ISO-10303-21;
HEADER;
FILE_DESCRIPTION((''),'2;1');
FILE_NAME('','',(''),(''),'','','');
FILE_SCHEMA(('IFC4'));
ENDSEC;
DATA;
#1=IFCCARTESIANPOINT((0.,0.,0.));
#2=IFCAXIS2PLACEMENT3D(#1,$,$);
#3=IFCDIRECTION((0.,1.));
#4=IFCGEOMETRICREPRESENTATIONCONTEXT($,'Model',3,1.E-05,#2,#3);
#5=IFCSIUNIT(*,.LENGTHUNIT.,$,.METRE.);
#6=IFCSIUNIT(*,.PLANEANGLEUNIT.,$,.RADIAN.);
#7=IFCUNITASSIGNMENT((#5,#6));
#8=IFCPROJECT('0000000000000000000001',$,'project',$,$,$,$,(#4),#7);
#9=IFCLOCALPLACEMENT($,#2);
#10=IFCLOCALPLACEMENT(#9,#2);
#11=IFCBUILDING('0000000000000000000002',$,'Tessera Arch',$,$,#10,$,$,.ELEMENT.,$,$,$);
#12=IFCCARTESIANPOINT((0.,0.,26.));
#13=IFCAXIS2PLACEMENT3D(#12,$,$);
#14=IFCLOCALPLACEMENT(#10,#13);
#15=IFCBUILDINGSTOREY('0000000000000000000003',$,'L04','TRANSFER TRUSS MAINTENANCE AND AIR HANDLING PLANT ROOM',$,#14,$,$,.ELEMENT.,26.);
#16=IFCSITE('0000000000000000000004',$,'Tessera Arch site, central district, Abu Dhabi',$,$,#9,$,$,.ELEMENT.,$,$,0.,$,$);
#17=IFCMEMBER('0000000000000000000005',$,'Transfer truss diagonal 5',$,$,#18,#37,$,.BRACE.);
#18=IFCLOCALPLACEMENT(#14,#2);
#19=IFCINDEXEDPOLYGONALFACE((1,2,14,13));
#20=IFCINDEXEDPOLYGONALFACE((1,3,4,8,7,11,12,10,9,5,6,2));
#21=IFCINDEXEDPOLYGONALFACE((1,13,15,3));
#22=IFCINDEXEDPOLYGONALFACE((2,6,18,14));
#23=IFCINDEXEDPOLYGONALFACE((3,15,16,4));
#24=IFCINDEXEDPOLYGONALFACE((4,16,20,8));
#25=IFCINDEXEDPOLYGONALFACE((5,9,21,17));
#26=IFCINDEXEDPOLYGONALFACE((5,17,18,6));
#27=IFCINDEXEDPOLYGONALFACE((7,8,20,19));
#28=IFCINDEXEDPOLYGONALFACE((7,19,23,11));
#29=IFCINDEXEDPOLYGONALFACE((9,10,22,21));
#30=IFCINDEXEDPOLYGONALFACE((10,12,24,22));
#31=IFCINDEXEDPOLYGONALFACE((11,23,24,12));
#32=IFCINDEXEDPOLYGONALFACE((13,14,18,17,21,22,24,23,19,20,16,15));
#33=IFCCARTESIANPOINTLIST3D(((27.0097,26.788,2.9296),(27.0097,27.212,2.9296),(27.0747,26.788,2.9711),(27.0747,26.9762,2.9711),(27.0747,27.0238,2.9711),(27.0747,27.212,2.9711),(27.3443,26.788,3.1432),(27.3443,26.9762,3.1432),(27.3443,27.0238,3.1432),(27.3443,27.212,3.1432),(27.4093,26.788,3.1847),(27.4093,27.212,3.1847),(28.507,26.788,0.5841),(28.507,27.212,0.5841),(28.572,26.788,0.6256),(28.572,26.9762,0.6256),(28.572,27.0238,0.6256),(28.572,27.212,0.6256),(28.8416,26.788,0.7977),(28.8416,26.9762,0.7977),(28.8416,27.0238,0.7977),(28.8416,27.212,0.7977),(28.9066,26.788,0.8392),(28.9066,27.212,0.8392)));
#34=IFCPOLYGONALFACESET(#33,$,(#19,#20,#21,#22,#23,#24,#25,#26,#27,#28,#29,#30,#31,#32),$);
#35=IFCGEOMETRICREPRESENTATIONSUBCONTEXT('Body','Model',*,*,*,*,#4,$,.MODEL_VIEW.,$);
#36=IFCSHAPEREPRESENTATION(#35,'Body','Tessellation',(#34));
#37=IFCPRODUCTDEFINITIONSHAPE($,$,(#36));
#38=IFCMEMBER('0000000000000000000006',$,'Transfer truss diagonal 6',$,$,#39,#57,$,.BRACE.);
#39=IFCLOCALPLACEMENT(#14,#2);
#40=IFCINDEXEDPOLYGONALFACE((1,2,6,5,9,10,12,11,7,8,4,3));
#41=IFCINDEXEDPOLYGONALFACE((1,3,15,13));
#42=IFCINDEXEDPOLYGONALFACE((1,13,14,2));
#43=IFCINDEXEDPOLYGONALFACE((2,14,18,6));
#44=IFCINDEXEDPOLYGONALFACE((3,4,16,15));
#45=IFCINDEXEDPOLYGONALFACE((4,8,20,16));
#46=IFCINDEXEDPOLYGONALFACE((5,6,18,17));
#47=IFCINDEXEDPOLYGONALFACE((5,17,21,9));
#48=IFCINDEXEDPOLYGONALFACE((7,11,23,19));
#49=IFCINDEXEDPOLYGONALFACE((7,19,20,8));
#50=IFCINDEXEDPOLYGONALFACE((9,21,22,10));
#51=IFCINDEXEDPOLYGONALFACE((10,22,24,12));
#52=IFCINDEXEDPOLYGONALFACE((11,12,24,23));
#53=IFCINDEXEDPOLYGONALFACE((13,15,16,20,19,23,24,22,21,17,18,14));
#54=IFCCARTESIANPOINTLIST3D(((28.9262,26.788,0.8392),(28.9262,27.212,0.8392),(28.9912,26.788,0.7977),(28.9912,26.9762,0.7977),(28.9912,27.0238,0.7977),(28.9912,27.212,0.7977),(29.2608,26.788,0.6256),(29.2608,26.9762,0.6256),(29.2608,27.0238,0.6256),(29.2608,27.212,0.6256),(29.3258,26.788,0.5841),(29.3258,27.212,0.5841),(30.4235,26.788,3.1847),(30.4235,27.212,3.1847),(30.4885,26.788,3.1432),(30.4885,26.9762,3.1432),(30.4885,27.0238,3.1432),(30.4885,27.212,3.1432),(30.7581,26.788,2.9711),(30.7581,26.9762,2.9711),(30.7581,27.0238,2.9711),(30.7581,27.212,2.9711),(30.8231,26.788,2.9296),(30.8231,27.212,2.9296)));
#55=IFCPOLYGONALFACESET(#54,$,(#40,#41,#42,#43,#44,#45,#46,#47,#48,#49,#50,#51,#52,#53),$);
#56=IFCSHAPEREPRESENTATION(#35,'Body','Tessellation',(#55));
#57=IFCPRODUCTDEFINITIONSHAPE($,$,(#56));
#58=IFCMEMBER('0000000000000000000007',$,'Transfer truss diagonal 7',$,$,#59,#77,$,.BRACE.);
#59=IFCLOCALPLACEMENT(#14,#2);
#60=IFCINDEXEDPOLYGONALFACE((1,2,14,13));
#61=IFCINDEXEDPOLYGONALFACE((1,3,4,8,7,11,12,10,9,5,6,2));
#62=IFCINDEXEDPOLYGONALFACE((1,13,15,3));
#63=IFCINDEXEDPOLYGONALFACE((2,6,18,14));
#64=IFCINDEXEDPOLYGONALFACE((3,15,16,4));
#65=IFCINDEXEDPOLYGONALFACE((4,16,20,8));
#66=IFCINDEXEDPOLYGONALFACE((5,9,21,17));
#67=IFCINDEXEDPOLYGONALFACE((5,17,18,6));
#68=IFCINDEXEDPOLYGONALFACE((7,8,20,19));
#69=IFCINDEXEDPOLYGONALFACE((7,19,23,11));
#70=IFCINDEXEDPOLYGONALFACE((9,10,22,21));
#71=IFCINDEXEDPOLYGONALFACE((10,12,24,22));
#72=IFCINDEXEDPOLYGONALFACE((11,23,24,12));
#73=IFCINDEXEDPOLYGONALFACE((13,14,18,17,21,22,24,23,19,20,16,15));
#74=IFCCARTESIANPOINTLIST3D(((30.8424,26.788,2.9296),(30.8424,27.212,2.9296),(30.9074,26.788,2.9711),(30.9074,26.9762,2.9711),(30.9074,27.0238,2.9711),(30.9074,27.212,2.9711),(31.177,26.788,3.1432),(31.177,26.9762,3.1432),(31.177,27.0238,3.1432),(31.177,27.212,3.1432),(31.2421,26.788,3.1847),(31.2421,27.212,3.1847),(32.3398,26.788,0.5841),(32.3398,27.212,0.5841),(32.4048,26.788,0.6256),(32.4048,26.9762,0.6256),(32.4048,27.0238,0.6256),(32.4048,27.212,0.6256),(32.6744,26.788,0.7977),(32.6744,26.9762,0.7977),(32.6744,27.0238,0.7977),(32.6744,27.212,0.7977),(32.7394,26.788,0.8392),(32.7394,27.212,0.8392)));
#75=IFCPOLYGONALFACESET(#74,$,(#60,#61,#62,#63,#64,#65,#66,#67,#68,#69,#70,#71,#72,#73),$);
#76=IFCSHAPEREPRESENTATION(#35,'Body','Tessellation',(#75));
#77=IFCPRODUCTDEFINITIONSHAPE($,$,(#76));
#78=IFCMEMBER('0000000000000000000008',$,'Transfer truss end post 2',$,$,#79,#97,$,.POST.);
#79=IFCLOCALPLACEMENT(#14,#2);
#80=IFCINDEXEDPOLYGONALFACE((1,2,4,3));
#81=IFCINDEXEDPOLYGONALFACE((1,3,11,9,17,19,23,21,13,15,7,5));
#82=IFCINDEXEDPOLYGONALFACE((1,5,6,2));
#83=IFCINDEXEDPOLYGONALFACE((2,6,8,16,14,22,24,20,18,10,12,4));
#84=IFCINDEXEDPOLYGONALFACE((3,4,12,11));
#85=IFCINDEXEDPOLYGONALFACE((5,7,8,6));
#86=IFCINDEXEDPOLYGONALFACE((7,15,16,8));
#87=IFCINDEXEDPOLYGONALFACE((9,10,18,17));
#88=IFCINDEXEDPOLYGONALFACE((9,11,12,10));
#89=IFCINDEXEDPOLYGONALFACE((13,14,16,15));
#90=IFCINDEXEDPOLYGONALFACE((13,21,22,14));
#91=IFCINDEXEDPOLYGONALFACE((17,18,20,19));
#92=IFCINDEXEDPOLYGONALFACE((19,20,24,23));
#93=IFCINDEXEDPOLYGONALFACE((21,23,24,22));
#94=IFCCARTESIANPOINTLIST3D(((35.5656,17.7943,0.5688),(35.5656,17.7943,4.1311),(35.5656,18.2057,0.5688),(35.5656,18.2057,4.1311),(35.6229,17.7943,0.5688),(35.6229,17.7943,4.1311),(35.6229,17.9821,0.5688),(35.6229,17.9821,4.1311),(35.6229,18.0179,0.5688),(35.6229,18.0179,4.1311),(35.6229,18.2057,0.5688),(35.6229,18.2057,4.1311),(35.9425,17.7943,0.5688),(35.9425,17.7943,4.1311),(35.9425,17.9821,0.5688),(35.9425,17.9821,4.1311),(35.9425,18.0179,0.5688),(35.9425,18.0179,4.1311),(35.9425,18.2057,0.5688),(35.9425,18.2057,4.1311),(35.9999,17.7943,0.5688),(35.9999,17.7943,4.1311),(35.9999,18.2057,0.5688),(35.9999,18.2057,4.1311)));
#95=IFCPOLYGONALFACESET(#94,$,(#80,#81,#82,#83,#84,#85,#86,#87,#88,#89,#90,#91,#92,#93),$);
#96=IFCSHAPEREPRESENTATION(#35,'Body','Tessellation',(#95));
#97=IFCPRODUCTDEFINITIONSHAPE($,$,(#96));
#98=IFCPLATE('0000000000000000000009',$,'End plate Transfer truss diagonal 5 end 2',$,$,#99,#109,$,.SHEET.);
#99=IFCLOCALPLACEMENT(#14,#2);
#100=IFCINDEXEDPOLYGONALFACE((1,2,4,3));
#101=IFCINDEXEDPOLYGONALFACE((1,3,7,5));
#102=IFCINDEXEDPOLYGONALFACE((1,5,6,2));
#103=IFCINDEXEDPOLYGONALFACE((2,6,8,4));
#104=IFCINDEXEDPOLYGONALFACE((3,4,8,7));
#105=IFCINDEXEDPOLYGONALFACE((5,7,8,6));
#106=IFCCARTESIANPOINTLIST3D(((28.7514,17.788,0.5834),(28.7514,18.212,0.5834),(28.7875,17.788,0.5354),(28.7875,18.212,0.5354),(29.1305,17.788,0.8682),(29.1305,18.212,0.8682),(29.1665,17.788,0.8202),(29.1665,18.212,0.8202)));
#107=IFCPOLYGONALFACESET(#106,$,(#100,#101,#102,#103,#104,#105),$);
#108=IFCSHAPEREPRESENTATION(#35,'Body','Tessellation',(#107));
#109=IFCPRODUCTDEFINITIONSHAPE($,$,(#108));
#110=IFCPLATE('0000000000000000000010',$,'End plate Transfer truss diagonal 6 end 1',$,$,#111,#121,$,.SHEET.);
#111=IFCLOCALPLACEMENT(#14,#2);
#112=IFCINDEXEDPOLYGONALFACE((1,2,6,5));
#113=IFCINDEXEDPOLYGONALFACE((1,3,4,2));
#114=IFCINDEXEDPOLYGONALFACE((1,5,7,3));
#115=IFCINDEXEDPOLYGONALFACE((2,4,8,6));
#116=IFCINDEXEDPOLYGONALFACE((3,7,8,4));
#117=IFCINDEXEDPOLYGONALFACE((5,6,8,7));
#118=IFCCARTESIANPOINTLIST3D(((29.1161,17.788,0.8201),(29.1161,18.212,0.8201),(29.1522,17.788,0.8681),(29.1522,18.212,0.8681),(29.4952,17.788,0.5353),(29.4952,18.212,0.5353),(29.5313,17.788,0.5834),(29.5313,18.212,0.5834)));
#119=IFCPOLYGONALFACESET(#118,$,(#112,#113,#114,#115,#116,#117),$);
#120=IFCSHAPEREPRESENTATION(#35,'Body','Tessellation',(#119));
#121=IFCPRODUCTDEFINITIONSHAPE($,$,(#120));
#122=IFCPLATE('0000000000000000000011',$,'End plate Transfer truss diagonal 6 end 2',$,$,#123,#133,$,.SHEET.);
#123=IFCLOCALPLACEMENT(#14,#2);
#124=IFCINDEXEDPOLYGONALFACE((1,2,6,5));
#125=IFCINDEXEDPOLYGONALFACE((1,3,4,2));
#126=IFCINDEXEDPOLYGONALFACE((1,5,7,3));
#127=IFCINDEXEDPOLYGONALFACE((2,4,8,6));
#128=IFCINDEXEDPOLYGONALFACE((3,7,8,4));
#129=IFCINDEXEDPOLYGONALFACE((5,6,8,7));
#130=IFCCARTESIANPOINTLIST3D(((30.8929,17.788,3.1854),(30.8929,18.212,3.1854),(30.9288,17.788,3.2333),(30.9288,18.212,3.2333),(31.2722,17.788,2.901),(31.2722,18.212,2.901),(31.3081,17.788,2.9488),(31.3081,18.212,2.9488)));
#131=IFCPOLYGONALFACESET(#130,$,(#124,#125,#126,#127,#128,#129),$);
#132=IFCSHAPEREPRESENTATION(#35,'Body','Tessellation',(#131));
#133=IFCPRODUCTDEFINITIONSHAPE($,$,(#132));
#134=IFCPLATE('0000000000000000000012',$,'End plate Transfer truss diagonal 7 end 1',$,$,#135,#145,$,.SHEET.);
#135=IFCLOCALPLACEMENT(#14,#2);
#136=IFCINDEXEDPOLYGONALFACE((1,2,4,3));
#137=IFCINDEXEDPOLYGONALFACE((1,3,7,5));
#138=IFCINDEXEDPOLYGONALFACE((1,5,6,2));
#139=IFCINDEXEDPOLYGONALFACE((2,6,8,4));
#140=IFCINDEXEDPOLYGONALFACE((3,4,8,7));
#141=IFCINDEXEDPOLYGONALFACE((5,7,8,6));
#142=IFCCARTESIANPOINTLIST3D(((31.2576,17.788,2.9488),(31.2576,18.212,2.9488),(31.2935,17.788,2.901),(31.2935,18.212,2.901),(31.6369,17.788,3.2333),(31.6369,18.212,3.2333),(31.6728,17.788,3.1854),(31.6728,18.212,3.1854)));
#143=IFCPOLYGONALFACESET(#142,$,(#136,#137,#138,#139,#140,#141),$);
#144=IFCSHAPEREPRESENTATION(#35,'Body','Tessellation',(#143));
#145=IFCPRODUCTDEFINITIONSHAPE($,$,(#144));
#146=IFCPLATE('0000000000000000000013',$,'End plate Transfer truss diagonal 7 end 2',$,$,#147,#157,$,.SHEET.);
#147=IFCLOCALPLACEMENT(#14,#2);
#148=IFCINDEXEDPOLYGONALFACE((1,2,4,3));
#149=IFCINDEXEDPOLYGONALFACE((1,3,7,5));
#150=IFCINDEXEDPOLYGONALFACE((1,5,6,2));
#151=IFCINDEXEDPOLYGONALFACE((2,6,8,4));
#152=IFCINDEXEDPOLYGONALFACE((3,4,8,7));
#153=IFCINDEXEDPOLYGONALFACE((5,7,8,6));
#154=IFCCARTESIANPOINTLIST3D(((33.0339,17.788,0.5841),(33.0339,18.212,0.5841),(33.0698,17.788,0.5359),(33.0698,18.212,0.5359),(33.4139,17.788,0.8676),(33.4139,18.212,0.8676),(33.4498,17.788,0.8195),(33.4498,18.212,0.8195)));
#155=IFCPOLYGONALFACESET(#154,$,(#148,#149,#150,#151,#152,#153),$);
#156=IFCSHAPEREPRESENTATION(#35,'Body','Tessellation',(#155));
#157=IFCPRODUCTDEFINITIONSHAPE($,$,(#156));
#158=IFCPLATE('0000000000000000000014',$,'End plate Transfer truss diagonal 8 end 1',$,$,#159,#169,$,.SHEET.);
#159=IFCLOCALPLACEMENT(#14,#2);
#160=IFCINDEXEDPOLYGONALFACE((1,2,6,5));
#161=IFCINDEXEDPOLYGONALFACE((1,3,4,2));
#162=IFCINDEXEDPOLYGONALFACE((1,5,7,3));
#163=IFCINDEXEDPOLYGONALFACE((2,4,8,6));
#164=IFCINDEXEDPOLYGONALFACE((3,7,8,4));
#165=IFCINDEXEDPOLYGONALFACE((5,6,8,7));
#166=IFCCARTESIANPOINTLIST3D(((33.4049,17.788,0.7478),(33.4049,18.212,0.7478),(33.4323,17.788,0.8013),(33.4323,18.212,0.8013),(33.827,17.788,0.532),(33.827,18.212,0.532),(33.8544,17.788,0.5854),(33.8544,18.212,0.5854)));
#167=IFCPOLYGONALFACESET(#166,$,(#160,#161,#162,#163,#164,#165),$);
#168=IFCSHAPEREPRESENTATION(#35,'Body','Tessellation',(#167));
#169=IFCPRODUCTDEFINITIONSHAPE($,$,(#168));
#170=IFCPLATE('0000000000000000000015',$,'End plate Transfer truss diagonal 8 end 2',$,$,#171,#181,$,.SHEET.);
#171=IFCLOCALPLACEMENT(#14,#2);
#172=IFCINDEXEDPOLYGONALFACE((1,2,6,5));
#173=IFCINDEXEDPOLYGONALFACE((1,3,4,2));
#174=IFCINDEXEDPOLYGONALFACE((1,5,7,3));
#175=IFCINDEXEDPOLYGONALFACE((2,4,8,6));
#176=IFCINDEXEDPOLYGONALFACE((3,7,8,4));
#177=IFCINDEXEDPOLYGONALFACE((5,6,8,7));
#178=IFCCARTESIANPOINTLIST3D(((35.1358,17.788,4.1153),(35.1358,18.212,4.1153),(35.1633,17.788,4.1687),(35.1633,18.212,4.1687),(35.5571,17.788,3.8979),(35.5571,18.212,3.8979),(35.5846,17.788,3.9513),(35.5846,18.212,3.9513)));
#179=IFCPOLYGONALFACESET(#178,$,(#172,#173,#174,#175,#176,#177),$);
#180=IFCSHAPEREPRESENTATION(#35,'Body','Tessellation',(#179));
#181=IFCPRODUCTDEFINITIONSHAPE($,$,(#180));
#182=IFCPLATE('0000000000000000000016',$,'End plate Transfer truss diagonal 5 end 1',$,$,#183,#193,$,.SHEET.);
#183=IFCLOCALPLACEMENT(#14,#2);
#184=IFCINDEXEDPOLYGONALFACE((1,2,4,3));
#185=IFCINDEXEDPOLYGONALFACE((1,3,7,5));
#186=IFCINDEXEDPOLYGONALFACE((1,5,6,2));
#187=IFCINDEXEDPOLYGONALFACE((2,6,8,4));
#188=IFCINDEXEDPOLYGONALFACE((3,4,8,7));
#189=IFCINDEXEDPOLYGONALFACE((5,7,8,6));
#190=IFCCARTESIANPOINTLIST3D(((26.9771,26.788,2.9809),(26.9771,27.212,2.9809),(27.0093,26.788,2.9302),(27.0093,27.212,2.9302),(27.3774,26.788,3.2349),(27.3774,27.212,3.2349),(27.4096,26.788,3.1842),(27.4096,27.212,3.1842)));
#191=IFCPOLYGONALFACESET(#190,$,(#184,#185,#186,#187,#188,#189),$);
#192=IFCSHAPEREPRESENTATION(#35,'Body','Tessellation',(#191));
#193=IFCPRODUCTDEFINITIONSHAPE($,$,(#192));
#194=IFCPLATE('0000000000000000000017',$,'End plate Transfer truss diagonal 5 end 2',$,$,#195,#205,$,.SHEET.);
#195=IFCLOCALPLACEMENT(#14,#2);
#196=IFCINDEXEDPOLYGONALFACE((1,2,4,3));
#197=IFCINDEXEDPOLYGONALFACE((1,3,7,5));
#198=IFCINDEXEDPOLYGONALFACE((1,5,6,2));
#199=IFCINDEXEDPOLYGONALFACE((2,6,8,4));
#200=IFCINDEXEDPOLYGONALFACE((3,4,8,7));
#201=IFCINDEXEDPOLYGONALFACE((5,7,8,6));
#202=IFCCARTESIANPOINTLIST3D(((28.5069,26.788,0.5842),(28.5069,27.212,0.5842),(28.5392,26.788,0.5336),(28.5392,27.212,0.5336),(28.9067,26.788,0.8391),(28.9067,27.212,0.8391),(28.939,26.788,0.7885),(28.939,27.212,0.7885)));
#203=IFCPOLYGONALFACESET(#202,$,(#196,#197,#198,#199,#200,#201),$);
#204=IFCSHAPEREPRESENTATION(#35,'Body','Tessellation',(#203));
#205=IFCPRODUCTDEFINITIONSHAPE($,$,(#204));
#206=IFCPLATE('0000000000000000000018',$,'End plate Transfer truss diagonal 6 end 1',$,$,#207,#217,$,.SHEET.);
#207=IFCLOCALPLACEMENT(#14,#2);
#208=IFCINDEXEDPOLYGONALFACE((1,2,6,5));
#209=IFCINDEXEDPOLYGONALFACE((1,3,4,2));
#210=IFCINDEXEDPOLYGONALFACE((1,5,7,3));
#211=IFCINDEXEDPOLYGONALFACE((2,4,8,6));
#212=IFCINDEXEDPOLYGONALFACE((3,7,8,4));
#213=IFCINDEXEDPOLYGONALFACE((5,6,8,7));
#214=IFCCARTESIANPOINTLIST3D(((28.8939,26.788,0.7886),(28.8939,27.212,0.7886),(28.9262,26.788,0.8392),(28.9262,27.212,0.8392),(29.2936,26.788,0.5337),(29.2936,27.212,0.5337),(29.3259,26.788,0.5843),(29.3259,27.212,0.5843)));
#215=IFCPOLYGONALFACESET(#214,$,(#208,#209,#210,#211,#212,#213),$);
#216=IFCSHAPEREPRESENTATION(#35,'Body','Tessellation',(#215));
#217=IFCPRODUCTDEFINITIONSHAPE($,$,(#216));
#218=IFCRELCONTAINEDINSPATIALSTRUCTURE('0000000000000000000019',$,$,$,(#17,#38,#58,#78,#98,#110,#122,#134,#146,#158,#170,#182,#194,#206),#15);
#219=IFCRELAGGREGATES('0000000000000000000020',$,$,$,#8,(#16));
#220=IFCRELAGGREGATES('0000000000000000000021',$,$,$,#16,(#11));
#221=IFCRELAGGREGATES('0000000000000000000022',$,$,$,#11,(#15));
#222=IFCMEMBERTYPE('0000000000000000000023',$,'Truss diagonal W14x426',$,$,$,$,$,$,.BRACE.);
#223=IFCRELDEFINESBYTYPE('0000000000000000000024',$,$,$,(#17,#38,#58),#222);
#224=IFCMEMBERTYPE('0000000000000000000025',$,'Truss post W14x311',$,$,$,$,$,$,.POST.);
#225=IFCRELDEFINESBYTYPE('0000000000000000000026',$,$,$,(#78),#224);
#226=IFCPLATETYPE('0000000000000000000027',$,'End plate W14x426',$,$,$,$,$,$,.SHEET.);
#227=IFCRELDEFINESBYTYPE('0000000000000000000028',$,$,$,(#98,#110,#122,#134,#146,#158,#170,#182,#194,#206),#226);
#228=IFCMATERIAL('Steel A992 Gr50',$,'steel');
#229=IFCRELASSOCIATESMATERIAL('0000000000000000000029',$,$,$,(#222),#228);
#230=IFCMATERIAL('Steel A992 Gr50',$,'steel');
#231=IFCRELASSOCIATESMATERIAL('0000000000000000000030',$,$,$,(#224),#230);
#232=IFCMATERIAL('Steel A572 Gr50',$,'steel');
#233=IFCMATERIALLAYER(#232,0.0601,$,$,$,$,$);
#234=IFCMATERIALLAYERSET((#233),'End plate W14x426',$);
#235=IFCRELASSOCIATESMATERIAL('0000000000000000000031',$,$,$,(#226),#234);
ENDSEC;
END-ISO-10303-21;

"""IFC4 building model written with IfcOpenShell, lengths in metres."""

from ifc_helpers import new_model, si_unit, direction, frame, origin, origin_2d, place, context, subcontext, project, spatial, rectangle, i_section, extrude, material, layer, layer_set, material_profile, profile_set, type_object, element, save


model = new_model("IFC4")

# Units and contexts
model_context = context("Model", 3, precision=1e-05, world=origin(), true_north=direction((0.0, 1.0)))
body_context = subcontext(model_context, "Body", "Model", "MODEL_VIEW")
ifc_project = project(units=[si_unit("LENGTHUNIT", "METRE"), si_unit("PLANEANGLEUNIT", "RADIAN")], contexts=[model_context])

# Site, building, storey
site_placement = place(None, origin())
site = spatial("IfcSite", under=ifc_project, at=site_placement, Name="Tessera Arch site, central district, Abu Dhabi", CompositionType="ELEMENT", RefElevation=0.0)
building_placement = place(site_placement, origin())
building = spatial("IfcBuilding", under=site, at=building_placement, Name="Tessera Arch", CompositionType="ELEMENT")
storey_placement = place(building_placement, frame((0.0, 0.0, 26.0)))
storey = spatial("IfcBuildingStorey", under=building, at=storey_placement, Name="L04", Description="TRANSFER TRUSS MAINTENANCE AND AIR HANDLING PLANT ROOM", CompositionType="ELEMENT", Elevation=26.0)

# Members
ifc_material_1 = material(Name="Steel A992 Gr50", Category="steel")
ifc_material_profile_1 = material_profile(ifc_material_1, i_section(OverallWidth=0.4241, OverallDepth=0.4741, WebThickness=0.0476, FlangeThickness=0.0771, at=origin_2d()), Name="W14x426")
ifc_profile_set_1 = profile_set([ifc_material_profile_1], Name="Steel A992 Gr50")
member_type_1 = type_object("IfcMemberType", Name="Truss diagonal W14x426", PredefinedType="BRACE", material=ifc_profile_set_1)
for number, where, z_axis, x_axis, name in (
    (1, (27.2095, 27.0, 3.0571), (0.53809, 0.0, -0.842887), (0.0, 1.0, 0.0), "Transfer truss diagonal 5"),
    (2, (29.126, 27.0, 0.7117), (0.53809, 0.0, 0.842887), (0.0, 1.0, 0.0), "Transfer truss diagonal 6"),
    (3, (31.0422, 27.0, 3.0571), (0.53809, 0.0, -0.842887), (0.0, 1.0, 0.0), "Transfer truss diagonal 7"),
):
    element("IfcMember", number, at=place(storey_placement, frame(where, z_axis=z_axis, x_axis=x_axis)), inside=storey, type_object=member_type_1, Name=name, PredefinedType="BRACE", context=body_context, shape_type="SweptSolid", body=[
        extrude(i_section(OverallWidth=0.4241, OverallDepth=0.4741, WebThickness=0.0476, FlangeThickness=0.0771, at=origin_2d()), origin(), (0.0, 0.0, 1.0), 2.7827),
    ])
ifc_material_2 = material(Name="Steel A992 Gr50", Category="steel")
ifc_material_profile_2 = material_profile(ifc_material_2, i_section(OverallWidth=0.4114, OverallDepth=0.4343, WebThickness=0.0359, FlangeThickness=0.0574, at=origin_2d()), Name="W14x311")
ifc_profile_set_2 = profile_set([ifc_material_profile_2], Name="Steel A992 Gr50")
member_type_2 = type_object("IfcMemberType", Name="Truss post W14x311", PredefinedType="POST", material=ifc_profile_set_2)
member_1_placement = place(storey_placement, frame((35.7827, 18.0, 0.5688), z_axis=(0.0, 0.0, 1.0), x_axis=(0.0, 1.0, 0.0)))
element("IfcMember", 4, at=member_1_placement, inside=storey, type_object=member_type_2, Name="Transfer truss end post 2", PredefinedType="POST", context=body_context, shape_type="SweptSolid", body=[
    extrude(i_section(OverallWidth=0.4114, OverallDepth=0.4343, WebThickness=0.0359, FlangeThickness=0.0574, at=origin_2d()), origin(), (0.0, 0.0, 1.0), 3.5623),
])

# Plates
ifc_material_3 = material(Name="Steel A572 Gr50", Category="steel")
ifc_layer_1 = layer(ifc_material_3, 0.0601)
ifc_layer_set_1 = layer_set([ifc_layer_1], Name="End plate W14x426")
plate_type = type_object("IfcPlateType", Name="End plate W14x426", PredefinedType="SHEET", material=ifc_layer_set_1)
for number, where, z_axis, x_axis, name in (
    (5, (28.9409, 18.0, 0.7258), (0.600649, 0.0, -0.799513), (0.0, 1.0, 0.0), "End plate Transfer truss diagonal 5 end 2"),
    (6, (29.3057, 18.0, 0.6777), (0.600649, 0.0, 0.799513), (0.0, 1.0, 0.0), "End plate Transfer truss diagonal 6 end 1"),
):
    element("IfcPlate", number, at=place(storey_placement, frame(where, z_axis=z_axis, x_axis=x_axis)), inside=storey, type_object=plate_type, Name=name, PredefinedType="SHEET", context=body_context, shape_type="SweptSolid", body=[
        extrude(rectangle(XDim=0.4241, YDim=0.4741, at=origin_2d()), origin(), (0.0, 0.0, 1.0), 0.0601),
    ])
for number, where, z_axis, x_axis, name in (
    (7, (31.0825, 18.0, 3.0432), (0.6, 0.0, 0.8), (0.0, 1.0, 0.0), "End plate Transfer truss diagonal 6 end 2"),
    (8, (31.4473, 18.0, 3.0911), (0.6, 0.0, -0.8), (0.0, 1.0, 0.0), "End plate Transfer truss diagonal 7 end 1"),
):
    element("IfcPlate", number, at=place(storey_placement, frame(where, z_axis=z_axis, x_axis=x_axis)), inside=storey, type_object=plate_type, Name=name, PredefinedType="SHEET", context=body_context, shape_type="SweptSolid", body=[
        extrude(rectangle(XDim=0.4241, YDim=0.4741, at=origin_2d()), origin(), (0.0, 0.0, 1.0), 0.0598),
    ])
for number, where, z_axis, x_axis, name in (
    (9, (33.2239, 18.0, 0.7258), (0.598045, 0.0, -0.801462), (0.0, 1.0, 0.0), "End plate Transfer truss diagonal 7 end 2"),
    (10, (33.616, 18.0, 0.6399), (0.455326, 0.0, 0.890325), (0.0, 1.0, 0.0), "End plate Transfer truss diagonal 8 end 1"),
    (11, (35.3464, 18.0, 4.0066), (0.45854, 0.0, 0.888674), (0.0, 1.0, 0.0), "End plate Transfer truss diagonal 8 end 2"),
    (12, (27.1772, 27.0, 3.1079), (0.535824, 0.0, -0.844329), (0.0, 1.0, 0.0), "End plate Transfer truss diagonal 5 end 1"),
    (13, (28.7068, 27.0, 0.7117), (0.537666, 0.0, -0.843158), (0.0, 1.0, 0.0), "End plate Transfer truss diagonal 5 end 2"),
    (14, (29.0938, 27.0, 0.6611), (0.537666, 0.0, 0.843158), (0.0, 1.0, 0.0), "End plate Transfer truss diagonal 6 end 1"),
):
    element("IfcPlate", number, at=place(storey_placement, frame(where, z_axis=z_axis, x_axis=x_axis)), inside=storey, type_object=plate_type, Name=name, PredefinedType="SHEET", context=body_context, shape_type="SweptSolid", body=[
        extrude(rectangle(XDim=0.4241, YDim=0.4741, at=origin_2d()), origin(), (0.0, 0.0, 1.0), 0.0601),
    ])

save(model, "model.ifc")
